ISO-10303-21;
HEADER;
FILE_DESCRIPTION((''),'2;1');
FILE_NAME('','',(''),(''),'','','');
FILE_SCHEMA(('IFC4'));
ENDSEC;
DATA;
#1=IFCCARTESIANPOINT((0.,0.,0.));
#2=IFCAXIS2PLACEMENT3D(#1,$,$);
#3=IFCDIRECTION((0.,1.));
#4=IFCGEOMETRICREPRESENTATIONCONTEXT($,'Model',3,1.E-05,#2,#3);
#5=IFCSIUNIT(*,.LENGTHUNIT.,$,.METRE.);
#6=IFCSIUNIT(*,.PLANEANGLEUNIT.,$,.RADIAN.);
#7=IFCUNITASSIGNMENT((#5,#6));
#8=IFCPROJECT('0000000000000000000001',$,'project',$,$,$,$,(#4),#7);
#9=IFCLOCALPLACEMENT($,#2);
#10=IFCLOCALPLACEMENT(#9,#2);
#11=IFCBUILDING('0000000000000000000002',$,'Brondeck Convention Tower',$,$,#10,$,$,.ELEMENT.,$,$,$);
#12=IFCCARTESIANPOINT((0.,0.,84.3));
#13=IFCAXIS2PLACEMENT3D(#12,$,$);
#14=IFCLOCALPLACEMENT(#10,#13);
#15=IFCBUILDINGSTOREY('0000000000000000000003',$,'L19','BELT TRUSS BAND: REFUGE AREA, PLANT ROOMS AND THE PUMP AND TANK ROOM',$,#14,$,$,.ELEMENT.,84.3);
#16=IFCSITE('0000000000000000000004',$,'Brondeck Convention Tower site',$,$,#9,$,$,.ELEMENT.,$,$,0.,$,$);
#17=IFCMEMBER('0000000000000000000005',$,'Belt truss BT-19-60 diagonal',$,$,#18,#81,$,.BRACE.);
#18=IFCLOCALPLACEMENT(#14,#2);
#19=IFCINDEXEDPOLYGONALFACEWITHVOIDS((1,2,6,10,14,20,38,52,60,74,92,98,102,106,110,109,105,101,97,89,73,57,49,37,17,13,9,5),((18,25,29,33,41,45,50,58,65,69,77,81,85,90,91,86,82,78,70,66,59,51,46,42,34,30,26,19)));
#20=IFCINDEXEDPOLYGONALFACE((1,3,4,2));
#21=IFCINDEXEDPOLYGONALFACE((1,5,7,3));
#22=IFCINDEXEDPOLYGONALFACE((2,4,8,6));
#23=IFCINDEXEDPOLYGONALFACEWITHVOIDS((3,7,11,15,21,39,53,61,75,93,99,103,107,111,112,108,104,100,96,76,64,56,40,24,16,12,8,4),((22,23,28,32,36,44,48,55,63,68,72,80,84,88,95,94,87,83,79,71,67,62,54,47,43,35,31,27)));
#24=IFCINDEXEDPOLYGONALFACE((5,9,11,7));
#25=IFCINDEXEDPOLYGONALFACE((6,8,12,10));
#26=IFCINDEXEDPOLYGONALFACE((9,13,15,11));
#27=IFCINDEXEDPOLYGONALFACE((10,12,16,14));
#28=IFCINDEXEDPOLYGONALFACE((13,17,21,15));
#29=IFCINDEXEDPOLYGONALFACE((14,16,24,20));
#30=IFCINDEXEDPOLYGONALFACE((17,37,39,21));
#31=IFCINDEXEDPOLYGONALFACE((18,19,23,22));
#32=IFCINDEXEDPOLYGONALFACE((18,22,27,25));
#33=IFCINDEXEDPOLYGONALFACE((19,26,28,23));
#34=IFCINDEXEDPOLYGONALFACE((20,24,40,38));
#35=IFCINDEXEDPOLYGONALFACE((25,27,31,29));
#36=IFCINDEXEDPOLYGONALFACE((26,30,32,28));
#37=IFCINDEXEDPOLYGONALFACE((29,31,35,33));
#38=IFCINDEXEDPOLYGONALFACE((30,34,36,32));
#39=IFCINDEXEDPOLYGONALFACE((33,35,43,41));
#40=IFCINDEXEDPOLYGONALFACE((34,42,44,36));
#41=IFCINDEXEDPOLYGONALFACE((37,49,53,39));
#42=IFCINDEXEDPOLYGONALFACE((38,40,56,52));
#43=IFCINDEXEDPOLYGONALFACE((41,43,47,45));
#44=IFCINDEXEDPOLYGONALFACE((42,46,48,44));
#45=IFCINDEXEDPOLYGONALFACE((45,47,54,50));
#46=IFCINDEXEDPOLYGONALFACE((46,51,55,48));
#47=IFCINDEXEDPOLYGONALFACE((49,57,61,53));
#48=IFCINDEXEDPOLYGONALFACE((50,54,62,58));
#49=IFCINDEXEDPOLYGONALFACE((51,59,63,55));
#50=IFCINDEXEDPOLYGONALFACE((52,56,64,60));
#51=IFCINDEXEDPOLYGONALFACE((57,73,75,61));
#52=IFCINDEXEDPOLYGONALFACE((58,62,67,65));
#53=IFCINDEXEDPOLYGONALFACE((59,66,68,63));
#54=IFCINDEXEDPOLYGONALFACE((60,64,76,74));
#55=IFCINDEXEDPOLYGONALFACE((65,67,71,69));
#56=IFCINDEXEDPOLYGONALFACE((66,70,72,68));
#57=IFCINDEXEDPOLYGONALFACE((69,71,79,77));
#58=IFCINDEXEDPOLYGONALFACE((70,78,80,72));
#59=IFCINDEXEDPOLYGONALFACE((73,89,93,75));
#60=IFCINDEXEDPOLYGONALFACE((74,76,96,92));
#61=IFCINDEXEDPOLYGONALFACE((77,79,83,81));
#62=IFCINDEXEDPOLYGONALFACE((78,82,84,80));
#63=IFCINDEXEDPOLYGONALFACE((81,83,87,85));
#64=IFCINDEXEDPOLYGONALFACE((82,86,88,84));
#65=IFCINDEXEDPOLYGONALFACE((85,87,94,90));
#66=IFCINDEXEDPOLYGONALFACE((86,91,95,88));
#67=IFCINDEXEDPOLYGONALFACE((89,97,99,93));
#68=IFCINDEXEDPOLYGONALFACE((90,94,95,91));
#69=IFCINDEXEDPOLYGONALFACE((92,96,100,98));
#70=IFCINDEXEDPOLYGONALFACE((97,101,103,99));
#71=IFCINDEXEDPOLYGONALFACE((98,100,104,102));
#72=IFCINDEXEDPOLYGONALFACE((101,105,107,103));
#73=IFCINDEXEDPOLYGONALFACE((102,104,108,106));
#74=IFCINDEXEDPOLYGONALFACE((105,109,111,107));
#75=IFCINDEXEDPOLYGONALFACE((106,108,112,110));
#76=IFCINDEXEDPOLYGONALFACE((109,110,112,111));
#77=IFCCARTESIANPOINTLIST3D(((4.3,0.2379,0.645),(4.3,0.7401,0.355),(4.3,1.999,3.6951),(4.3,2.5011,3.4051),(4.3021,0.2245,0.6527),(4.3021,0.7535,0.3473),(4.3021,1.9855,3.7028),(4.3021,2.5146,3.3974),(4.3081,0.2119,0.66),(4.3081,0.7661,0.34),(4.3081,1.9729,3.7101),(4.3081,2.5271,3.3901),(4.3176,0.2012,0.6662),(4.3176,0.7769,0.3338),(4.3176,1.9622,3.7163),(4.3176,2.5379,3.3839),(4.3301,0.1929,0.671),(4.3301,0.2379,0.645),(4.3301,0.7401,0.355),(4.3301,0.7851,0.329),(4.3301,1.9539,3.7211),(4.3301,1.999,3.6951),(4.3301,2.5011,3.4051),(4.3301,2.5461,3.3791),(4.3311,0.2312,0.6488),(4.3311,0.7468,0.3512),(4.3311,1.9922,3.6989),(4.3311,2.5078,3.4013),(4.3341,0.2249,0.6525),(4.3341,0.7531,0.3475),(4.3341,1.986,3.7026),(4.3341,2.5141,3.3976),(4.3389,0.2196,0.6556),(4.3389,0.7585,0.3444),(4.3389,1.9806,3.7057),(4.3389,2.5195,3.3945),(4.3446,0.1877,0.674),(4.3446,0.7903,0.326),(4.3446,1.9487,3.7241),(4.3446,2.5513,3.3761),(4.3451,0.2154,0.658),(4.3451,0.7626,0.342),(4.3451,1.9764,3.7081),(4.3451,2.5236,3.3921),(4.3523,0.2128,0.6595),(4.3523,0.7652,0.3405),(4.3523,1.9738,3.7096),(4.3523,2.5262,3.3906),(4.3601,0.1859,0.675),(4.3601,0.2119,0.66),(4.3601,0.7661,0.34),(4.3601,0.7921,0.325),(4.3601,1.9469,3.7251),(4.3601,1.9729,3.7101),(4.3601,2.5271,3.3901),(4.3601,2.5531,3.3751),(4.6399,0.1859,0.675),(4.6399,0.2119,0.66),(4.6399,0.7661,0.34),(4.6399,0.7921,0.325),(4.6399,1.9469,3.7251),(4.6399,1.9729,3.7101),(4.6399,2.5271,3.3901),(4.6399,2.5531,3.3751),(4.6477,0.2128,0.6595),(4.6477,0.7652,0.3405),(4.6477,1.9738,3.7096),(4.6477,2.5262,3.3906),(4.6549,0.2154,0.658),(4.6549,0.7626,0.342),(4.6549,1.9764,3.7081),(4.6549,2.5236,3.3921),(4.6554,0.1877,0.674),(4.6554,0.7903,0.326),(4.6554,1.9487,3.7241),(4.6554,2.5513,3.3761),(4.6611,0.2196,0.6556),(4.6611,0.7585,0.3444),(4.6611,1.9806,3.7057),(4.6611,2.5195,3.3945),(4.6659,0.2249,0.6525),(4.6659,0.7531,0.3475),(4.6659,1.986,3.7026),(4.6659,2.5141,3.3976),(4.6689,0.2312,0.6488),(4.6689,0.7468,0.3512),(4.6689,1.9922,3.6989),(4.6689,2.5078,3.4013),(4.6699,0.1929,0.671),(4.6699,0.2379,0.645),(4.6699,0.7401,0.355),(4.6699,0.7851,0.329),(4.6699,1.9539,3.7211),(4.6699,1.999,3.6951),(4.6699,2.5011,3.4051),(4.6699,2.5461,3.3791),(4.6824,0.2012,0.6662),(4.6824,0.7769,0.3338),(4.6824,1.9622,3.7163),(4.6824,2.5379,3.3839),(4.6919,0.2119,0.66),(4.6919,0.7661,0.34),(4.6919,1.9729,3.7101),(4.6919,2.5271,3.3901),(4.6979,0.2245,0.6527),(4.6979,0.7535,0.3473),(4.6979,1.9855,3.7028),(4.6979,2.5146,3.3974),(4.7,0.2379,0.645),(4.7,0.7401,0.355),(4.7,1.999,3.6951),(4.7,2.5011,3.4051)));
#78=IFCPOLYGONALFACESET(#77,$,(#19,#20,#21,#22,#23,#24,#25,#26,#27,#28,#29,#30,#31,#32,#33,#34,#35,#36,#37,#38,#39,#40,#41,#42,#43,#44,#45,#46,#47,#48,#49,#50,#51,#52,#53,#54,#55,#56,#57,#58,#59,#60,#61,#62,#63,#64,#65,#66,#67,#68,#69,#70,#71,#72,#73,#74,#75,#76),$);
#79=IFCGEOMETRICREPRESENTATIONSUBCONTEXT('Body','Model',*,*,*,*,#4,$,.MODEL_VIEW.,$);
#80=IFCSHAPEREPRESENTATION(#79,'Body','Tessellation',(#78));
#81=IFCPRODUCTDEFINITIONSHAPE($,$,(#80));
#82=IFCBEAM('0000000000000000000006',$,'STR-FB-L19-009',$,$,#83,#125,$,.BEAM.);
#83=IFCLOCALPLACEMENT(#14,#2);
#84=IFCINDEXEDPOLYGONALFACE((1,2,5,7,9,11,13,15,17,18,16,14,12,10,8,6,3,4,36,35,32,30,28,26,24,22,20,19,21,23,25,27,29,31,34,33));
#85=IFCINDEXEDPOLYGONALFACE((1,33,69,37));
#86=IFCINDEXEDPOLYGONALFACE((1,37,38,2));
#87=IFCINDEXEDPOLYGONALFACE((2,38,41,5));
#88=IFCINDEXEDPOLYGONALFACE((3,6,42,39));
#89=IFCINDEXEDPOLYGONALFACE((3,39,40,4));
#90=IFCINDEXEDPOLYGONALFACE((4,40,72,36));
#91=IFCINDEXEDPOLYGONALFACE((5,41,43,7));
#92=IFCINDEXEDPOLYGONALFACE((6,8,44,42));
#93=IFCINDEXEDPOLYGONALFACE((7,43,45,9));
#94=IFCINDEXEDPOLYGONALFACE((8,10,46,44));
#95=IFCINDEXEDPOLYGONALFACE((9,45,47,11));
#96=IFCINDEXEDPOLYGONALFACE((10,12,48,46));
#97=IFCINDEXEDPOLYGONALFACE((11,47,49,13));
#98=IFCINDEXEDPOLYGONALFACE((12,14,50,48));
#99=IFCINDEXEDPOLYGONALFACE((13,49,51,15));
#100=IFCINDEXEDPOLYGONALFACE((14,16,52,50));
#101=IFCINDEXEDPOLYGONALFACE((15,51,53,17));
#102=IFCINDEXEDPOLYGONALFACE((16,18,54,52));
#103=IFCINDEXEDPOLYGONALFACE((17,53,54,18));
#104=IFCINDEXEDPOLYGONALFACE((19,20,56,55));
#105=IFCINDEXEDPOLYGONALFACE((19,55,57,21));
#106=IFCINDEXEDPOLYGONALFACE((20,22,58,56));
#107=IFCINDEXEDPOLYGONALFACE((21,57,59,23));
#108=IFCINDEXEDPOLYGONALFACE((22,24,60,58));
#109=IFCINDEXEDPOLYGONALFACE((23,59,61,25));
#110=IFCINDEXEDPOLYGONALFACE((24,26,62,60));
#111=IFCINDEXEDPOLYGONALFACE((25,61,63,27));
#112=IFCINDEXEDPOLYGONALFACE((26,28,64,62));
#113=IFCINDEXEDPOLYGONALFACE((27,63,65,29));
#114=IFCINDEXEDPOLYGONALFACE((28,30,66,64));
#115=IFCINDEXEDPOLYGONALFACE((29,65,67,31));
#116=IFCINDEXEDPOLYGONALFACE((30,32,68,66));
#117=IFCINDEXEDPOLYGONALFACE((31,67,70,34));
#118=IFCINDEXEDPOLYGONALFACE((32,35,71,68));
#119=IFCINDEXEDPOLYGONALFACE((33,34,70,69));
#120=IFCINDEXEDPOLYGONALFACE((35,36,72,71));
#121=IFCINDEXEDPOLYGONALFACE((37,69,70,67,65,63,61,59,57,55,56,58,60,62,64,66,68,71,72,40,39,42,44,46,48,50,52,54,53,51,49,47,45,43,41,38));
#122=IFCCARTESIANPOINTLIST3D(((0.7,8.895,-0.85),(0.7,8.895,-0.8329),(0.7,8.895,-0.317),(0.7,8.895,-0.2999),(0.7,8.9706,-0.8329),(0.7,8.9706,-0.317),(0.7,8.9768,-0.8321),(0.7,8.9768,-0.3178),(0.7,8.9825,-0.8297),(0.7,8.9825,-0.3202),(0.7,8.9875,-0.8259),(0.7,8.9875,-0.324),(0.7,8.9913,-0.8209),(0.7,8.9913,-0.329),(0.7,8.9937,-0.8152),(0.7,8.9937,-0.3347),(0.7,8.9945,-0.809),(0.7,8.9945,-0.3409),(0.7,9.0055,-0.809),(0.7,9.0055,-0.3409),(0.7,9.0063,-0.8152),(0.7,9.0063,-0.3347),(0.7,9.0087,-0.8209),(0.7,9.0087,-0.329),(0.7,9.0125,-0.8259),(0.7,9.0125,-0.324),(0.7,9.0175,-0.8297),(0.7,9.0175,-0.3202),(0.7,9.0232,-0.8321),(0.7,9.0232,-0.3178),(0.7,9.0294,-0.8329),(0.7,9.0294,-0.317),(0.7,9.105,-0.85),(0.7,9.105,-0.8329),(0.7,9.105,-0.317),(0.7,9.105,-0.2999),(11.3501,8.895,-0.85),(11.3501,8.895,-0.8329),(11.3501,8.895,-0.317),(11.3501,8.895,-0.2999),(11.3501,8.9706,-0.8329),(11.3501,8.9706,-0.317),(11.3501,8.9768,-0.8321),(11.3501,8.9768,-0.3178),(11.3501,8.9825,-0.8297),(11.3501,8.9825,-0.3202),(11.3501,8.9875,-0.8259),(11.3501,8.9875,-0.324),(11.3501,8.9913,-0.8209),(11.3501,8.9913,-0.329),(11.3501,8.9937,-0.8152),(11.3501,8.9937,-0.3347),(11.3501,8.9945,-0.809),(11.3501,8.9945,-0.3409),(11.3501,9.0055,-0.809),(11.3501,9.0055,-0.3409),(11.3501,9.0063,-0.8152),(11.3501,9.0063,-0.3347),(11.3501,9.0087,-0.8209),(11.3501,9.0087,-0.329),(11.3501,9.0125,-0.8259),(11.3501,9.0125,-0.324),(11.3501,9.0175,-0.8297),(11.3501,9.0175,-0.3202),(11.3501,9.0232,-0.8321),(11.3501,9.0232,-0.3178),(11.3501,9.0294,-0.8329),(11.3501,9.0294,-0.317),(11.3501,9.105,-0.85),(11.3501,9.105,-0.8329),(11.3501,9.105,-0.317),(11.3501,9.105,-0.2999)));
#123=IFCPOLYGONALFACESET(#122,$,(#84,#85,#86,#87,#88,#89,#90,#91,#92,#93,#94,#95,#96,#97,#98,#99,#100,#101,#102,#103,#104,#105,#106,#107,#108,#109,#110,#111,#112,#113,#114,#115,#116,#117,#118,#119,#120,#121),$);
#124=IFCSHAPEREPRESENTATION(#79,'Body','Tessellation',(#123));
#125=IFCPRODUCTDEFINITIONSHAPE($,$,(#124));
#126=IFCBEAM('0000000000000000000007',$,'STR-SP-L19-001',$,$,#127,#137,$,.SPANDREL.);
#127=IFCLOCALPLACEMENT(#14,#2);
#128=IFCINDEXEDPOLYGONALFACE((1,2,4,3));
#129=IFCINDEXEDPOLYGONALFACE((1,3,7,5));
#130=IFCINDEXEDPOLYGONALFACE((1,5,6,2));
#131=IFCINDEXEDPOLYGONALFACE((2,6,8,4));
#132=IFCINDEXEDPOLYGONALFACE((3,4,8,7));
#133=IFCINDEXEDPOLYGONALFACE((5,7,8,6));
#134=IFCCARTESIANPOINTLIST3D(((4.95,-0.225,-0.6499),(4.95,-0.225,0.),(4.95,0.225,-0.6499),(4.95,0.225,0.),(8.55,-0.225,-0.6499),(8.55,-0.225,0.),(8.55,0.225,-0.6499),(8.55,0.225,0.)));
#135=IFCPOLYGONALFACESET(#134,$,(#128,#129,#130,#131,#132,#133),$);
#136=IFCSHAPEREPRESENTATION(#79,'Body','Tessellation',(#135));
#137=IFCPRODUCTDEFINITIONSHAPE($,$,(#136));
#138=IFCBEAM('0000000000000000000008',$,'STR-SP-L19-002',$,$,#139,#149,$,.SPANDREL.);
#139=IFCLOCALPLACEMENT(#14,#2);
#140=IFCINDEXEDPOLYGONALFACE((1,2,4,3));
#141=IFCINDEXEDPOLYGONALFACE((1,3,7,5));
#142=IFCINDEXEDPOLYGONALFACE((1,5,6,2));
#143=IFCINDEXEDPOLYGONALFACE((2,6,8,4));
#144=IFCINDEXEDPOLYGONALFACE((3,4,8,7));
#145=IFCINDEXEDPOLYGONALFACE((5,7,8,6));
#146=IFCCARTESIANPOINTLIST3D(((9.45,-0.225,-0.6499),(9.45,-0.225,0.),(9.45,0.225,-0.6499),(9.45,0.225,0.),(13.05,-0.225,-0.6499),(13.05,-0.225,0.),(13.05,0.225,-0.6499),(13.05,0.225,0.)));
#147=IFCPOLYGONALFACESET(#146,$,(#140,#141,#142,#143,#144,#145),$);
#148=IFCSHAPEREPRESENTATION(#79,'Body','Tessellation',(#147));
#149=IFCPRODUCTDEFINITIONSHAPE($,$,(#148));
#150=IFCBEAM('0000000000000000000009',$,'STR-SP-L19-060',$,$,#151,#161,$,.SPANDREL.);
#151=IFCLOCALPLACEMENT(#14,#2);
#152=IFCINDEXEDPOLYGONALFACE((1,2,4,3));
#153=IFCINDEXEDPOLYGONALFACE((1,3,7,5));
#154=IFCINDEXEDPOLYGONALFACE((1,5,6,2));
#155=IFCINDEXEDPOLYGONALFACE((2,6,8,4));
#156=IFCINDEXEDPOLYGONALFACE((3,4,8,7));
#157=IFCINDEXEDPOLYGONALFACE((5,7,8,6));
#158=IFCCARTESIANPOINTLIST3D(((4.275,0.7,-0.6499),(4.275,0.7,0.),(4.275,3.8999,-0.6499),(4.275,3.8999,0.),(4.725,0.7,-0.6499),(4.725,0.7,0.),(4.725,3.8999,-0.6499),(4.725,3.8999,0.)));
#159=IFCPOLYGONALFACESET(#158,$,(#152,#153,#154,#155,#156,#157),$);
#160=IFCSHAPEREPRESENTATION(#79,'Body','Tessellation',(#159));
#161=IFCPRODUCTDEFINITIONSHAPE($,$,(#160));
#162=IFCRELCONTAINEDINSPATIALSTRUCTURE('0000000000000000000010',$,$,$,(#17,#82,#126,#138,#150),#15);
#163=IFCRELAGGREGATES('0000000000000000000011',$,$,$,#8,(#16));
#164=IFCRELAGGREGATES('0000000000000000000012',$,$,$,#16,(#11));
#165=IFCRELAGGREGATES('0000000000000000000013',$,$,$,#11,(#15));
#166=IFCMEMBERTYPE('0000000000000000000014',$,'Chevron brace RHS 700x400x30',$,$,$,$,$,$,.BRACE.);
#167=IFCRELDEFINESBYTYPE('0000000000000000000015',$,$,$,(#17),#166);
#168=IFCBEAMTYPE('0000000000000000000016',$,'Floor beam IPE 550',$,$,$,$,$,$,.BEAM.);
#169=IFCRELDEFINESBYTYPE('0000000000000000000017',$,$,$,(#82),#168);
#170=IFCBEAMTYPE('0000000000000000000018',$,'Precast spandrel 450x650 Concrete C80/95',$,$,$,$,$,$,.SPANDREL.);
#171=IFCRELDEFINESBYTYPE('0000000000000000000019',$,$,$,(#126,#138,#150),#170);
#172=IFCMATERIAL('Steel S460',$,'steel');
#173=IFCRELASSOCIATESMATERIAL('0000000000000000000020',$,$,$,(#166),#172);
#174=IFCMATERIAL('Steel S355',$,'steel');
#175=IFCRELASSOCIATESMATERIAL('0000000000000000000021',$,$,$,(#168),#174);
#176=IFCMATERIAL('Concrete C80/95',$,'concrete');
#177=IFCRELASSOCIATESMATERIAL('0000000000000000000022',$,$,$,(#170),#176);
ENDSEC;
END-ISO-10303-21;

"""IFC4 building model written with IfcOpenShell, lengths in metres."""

from ifc_helpers import new_model, si_unit, direction, frame, origin, origin_2d, place, context, subcontext, project, spatial, rectangle, hollow_rectangle, i_section, extrude, material, material_profile, profile_set, type_object, element, save


model = new_model("IFC4")

# Units and contexts
model_context = context("Model", 3, precision=1e-05, world=origin(), true_north=direction((0.0, 1.0)))
body_context = subcontext(model_context, "Body", "Model", "MODEL_VIEW")
ifc_project = project(units=[si_unit("LENGTHUNIT", "METRE"), si_unit("PLANEANGLEUNIT", "RADIAN")], contexts=[model_context])

# Site, building, storey
site_placement = place(None, origin())
site = spatial("IfcSite", under=ifc_project, at=site_placement, Name="Brondeck Convention Tower site", CompositionType="ELEMENT", RefElevation=0.0)
building_placement = place(site_placement, origin())
building = spatial("IfcBuilding", under=site, at=building_placement, Name="Brondeck Convention Tower", CompositionType="ELEMENT")
storey_placement = place(building_placement, frame((0.0, 0.0, 84.3)))
storey = spatial("IfcBuildingStorey", under=building, at=storey_placement, Name="L19", Description="BELT TRUSS BAND: REFUGE AREA, PLANT ROOMS AND THE PUMP AND TANK ROOM", CompositionType="ELEMENT", Elevation=84.3)

# Shared definitions
ifc_material_1 = material(Name="Concrete C80/95", Category="concrete")

# Member
ifc_material_2 = material(Name="Steel S460", Category="steel")
ifc_material_profile_1 = material_profile(ifc_material_2, hollow_rectangle(XDim=0.3999, YDim=0.7, WallThickness=0.03, InnerFilletRadius=0.03, OuterFilletRadius=0.0601, at=origin_2d()), Name="RHS 700x400x30")
ifc_profile_set_1 = profile_set([ifc_material_profile_1], Name="Steel S460")
member_type_1 = type_object("IfcMemberType", Name="Chevron brace RHS 700x400x30", PredefinedType="BRACE", material=ifc_profile_set_1)
for number, where, z_axis, x_axis, name in (
    (1, (4.5, 0.489, 0.5), (0.0, 0.500008, 0.866021), (-1.0, 0.0, 0.0), "Belt truss BT-19-60 diagonal"),
):
    element("IfcMember", number, at=place(storey_placement, frame(where, z_axis=z_axis, x_axis=x_axis)), inside=storey, type_object=member_type_1, Name=name, PredefinedType="BRACE", context=body_context, shape_type="SweptSolid", body=[
        extrude(hollow_rectangle(XDim=0.3999, YDim=0.7, WallThickness=0.03, InnerFilletRadius=0.03, OuterFilletRadius=0.0601, at=origin_2d()), origin(), (0.0, 0.0, 1.0), 3.522),
    ])

# Beams
ifc_material_3 = material(Name="Steel S355", Category="steel")
ifc_material_profile_2 = material_profile(ifc_material_3, i_section(OverallWidth=0.21, OverallDepth=0.55, WebThickness=0.011, FlangeThickness=0.0171, FilletRadius=0.0239, at=origin_2d()), Name="IPE 550")
ifc_profile_set_2 = profile_set([ifc_material_profile_2], Name="Steel S355")
beam_type_1 = type_object("IfcBeamType", Name="Floor beam IPE 550", PredefinedType="BEAM", material=ifc_profile_set_2)
beam_1_placement = place(storey_placement, frame((0.7, 9.0, -0.575), z_axis=(1.0, 0.0, 0.0), x_axis=(0.0, 1.0, 0.0)))
element("IfcBeam", 2, at=beam_1_placement, inside=storey, type_object=beam_type_1, Name="STR-FB-L19-009", PredefinedType="BEAM", context=body_context, shape_type="SweptSolid", body=[
    extrude(i_section(OverallWidth=0.21, OverallDepth=0.55, WebThickness=0.011, FlangeThickness=0.0171, FilletRadius=0.0239, at=origin_2d()), origin(), (0.0, 0.0, 1.0), 10.6501),
])
ifc_material_profile_3 = material_profile(ifc_material_1, rectangle(XDim=0.45, YDim=0.6499, at=origin_2d()), Name="Precast spandrel 450x650 Concrete C80/95")
ifc_profile_set_3 = profile_set([ifc_material_profile_3], Name="Concrete C80/95")
beam_type_2 = type_object("IfcBeamType", Name="Precast spandrel 450x650 Concrete C80/95", PredefinedType="SPANDREL", material=ifc_profile_set_3)
for number, where, z_axis, x_axis, name in (
    (3, (4.95, 0.0, -0.325), (1.0, 0.0, 0.0), (0.0, 1.0, 0.0), "STR-SP-L19-001"),
    (4, (9.45, 0.0, -0.325), (1.0, 0.0, 0.0), (0.0, 1.0, 0.0), "STR-SP-L19-002"),
):
    element("IfcBeam", number, at=place(storey_placement, frame(where, z_axis=z_axis, x_axis=x_axis)), inside=storey, type_object=beam_type_2, Name=name, PredefinedType="SPANDREL", context=body_context, shape_type="SweptSolid", body=[
        extrude(rectangle(XDim=0.45, YDim=0.6499, at=origin_2d()), origin(), (0.0, 0.0, 1.0), 3.6001),
    ])
beam_2_placement = place(storey_placement, frame((4.5, 3.8999, -0.325), z_axis=(0.0, -1.0, 0.0), x_axis=(1.0, 0.0, 0.0)))
element("IfcBeam", 5, at=beam_2_placement, inside=storey, type_object=beam_type_2, Name="STR-SP-L19-060", PredefinedType="SPANDREL", context=body_context, shape_type="SweptSolid", body=[
    extrude(rectangle(XDim=0.45, YDim=0.6499, at=origin_2d()), origin(), (0.0, 0.0, 1.0), 3.2),
])

save(model, "model.ifc")
